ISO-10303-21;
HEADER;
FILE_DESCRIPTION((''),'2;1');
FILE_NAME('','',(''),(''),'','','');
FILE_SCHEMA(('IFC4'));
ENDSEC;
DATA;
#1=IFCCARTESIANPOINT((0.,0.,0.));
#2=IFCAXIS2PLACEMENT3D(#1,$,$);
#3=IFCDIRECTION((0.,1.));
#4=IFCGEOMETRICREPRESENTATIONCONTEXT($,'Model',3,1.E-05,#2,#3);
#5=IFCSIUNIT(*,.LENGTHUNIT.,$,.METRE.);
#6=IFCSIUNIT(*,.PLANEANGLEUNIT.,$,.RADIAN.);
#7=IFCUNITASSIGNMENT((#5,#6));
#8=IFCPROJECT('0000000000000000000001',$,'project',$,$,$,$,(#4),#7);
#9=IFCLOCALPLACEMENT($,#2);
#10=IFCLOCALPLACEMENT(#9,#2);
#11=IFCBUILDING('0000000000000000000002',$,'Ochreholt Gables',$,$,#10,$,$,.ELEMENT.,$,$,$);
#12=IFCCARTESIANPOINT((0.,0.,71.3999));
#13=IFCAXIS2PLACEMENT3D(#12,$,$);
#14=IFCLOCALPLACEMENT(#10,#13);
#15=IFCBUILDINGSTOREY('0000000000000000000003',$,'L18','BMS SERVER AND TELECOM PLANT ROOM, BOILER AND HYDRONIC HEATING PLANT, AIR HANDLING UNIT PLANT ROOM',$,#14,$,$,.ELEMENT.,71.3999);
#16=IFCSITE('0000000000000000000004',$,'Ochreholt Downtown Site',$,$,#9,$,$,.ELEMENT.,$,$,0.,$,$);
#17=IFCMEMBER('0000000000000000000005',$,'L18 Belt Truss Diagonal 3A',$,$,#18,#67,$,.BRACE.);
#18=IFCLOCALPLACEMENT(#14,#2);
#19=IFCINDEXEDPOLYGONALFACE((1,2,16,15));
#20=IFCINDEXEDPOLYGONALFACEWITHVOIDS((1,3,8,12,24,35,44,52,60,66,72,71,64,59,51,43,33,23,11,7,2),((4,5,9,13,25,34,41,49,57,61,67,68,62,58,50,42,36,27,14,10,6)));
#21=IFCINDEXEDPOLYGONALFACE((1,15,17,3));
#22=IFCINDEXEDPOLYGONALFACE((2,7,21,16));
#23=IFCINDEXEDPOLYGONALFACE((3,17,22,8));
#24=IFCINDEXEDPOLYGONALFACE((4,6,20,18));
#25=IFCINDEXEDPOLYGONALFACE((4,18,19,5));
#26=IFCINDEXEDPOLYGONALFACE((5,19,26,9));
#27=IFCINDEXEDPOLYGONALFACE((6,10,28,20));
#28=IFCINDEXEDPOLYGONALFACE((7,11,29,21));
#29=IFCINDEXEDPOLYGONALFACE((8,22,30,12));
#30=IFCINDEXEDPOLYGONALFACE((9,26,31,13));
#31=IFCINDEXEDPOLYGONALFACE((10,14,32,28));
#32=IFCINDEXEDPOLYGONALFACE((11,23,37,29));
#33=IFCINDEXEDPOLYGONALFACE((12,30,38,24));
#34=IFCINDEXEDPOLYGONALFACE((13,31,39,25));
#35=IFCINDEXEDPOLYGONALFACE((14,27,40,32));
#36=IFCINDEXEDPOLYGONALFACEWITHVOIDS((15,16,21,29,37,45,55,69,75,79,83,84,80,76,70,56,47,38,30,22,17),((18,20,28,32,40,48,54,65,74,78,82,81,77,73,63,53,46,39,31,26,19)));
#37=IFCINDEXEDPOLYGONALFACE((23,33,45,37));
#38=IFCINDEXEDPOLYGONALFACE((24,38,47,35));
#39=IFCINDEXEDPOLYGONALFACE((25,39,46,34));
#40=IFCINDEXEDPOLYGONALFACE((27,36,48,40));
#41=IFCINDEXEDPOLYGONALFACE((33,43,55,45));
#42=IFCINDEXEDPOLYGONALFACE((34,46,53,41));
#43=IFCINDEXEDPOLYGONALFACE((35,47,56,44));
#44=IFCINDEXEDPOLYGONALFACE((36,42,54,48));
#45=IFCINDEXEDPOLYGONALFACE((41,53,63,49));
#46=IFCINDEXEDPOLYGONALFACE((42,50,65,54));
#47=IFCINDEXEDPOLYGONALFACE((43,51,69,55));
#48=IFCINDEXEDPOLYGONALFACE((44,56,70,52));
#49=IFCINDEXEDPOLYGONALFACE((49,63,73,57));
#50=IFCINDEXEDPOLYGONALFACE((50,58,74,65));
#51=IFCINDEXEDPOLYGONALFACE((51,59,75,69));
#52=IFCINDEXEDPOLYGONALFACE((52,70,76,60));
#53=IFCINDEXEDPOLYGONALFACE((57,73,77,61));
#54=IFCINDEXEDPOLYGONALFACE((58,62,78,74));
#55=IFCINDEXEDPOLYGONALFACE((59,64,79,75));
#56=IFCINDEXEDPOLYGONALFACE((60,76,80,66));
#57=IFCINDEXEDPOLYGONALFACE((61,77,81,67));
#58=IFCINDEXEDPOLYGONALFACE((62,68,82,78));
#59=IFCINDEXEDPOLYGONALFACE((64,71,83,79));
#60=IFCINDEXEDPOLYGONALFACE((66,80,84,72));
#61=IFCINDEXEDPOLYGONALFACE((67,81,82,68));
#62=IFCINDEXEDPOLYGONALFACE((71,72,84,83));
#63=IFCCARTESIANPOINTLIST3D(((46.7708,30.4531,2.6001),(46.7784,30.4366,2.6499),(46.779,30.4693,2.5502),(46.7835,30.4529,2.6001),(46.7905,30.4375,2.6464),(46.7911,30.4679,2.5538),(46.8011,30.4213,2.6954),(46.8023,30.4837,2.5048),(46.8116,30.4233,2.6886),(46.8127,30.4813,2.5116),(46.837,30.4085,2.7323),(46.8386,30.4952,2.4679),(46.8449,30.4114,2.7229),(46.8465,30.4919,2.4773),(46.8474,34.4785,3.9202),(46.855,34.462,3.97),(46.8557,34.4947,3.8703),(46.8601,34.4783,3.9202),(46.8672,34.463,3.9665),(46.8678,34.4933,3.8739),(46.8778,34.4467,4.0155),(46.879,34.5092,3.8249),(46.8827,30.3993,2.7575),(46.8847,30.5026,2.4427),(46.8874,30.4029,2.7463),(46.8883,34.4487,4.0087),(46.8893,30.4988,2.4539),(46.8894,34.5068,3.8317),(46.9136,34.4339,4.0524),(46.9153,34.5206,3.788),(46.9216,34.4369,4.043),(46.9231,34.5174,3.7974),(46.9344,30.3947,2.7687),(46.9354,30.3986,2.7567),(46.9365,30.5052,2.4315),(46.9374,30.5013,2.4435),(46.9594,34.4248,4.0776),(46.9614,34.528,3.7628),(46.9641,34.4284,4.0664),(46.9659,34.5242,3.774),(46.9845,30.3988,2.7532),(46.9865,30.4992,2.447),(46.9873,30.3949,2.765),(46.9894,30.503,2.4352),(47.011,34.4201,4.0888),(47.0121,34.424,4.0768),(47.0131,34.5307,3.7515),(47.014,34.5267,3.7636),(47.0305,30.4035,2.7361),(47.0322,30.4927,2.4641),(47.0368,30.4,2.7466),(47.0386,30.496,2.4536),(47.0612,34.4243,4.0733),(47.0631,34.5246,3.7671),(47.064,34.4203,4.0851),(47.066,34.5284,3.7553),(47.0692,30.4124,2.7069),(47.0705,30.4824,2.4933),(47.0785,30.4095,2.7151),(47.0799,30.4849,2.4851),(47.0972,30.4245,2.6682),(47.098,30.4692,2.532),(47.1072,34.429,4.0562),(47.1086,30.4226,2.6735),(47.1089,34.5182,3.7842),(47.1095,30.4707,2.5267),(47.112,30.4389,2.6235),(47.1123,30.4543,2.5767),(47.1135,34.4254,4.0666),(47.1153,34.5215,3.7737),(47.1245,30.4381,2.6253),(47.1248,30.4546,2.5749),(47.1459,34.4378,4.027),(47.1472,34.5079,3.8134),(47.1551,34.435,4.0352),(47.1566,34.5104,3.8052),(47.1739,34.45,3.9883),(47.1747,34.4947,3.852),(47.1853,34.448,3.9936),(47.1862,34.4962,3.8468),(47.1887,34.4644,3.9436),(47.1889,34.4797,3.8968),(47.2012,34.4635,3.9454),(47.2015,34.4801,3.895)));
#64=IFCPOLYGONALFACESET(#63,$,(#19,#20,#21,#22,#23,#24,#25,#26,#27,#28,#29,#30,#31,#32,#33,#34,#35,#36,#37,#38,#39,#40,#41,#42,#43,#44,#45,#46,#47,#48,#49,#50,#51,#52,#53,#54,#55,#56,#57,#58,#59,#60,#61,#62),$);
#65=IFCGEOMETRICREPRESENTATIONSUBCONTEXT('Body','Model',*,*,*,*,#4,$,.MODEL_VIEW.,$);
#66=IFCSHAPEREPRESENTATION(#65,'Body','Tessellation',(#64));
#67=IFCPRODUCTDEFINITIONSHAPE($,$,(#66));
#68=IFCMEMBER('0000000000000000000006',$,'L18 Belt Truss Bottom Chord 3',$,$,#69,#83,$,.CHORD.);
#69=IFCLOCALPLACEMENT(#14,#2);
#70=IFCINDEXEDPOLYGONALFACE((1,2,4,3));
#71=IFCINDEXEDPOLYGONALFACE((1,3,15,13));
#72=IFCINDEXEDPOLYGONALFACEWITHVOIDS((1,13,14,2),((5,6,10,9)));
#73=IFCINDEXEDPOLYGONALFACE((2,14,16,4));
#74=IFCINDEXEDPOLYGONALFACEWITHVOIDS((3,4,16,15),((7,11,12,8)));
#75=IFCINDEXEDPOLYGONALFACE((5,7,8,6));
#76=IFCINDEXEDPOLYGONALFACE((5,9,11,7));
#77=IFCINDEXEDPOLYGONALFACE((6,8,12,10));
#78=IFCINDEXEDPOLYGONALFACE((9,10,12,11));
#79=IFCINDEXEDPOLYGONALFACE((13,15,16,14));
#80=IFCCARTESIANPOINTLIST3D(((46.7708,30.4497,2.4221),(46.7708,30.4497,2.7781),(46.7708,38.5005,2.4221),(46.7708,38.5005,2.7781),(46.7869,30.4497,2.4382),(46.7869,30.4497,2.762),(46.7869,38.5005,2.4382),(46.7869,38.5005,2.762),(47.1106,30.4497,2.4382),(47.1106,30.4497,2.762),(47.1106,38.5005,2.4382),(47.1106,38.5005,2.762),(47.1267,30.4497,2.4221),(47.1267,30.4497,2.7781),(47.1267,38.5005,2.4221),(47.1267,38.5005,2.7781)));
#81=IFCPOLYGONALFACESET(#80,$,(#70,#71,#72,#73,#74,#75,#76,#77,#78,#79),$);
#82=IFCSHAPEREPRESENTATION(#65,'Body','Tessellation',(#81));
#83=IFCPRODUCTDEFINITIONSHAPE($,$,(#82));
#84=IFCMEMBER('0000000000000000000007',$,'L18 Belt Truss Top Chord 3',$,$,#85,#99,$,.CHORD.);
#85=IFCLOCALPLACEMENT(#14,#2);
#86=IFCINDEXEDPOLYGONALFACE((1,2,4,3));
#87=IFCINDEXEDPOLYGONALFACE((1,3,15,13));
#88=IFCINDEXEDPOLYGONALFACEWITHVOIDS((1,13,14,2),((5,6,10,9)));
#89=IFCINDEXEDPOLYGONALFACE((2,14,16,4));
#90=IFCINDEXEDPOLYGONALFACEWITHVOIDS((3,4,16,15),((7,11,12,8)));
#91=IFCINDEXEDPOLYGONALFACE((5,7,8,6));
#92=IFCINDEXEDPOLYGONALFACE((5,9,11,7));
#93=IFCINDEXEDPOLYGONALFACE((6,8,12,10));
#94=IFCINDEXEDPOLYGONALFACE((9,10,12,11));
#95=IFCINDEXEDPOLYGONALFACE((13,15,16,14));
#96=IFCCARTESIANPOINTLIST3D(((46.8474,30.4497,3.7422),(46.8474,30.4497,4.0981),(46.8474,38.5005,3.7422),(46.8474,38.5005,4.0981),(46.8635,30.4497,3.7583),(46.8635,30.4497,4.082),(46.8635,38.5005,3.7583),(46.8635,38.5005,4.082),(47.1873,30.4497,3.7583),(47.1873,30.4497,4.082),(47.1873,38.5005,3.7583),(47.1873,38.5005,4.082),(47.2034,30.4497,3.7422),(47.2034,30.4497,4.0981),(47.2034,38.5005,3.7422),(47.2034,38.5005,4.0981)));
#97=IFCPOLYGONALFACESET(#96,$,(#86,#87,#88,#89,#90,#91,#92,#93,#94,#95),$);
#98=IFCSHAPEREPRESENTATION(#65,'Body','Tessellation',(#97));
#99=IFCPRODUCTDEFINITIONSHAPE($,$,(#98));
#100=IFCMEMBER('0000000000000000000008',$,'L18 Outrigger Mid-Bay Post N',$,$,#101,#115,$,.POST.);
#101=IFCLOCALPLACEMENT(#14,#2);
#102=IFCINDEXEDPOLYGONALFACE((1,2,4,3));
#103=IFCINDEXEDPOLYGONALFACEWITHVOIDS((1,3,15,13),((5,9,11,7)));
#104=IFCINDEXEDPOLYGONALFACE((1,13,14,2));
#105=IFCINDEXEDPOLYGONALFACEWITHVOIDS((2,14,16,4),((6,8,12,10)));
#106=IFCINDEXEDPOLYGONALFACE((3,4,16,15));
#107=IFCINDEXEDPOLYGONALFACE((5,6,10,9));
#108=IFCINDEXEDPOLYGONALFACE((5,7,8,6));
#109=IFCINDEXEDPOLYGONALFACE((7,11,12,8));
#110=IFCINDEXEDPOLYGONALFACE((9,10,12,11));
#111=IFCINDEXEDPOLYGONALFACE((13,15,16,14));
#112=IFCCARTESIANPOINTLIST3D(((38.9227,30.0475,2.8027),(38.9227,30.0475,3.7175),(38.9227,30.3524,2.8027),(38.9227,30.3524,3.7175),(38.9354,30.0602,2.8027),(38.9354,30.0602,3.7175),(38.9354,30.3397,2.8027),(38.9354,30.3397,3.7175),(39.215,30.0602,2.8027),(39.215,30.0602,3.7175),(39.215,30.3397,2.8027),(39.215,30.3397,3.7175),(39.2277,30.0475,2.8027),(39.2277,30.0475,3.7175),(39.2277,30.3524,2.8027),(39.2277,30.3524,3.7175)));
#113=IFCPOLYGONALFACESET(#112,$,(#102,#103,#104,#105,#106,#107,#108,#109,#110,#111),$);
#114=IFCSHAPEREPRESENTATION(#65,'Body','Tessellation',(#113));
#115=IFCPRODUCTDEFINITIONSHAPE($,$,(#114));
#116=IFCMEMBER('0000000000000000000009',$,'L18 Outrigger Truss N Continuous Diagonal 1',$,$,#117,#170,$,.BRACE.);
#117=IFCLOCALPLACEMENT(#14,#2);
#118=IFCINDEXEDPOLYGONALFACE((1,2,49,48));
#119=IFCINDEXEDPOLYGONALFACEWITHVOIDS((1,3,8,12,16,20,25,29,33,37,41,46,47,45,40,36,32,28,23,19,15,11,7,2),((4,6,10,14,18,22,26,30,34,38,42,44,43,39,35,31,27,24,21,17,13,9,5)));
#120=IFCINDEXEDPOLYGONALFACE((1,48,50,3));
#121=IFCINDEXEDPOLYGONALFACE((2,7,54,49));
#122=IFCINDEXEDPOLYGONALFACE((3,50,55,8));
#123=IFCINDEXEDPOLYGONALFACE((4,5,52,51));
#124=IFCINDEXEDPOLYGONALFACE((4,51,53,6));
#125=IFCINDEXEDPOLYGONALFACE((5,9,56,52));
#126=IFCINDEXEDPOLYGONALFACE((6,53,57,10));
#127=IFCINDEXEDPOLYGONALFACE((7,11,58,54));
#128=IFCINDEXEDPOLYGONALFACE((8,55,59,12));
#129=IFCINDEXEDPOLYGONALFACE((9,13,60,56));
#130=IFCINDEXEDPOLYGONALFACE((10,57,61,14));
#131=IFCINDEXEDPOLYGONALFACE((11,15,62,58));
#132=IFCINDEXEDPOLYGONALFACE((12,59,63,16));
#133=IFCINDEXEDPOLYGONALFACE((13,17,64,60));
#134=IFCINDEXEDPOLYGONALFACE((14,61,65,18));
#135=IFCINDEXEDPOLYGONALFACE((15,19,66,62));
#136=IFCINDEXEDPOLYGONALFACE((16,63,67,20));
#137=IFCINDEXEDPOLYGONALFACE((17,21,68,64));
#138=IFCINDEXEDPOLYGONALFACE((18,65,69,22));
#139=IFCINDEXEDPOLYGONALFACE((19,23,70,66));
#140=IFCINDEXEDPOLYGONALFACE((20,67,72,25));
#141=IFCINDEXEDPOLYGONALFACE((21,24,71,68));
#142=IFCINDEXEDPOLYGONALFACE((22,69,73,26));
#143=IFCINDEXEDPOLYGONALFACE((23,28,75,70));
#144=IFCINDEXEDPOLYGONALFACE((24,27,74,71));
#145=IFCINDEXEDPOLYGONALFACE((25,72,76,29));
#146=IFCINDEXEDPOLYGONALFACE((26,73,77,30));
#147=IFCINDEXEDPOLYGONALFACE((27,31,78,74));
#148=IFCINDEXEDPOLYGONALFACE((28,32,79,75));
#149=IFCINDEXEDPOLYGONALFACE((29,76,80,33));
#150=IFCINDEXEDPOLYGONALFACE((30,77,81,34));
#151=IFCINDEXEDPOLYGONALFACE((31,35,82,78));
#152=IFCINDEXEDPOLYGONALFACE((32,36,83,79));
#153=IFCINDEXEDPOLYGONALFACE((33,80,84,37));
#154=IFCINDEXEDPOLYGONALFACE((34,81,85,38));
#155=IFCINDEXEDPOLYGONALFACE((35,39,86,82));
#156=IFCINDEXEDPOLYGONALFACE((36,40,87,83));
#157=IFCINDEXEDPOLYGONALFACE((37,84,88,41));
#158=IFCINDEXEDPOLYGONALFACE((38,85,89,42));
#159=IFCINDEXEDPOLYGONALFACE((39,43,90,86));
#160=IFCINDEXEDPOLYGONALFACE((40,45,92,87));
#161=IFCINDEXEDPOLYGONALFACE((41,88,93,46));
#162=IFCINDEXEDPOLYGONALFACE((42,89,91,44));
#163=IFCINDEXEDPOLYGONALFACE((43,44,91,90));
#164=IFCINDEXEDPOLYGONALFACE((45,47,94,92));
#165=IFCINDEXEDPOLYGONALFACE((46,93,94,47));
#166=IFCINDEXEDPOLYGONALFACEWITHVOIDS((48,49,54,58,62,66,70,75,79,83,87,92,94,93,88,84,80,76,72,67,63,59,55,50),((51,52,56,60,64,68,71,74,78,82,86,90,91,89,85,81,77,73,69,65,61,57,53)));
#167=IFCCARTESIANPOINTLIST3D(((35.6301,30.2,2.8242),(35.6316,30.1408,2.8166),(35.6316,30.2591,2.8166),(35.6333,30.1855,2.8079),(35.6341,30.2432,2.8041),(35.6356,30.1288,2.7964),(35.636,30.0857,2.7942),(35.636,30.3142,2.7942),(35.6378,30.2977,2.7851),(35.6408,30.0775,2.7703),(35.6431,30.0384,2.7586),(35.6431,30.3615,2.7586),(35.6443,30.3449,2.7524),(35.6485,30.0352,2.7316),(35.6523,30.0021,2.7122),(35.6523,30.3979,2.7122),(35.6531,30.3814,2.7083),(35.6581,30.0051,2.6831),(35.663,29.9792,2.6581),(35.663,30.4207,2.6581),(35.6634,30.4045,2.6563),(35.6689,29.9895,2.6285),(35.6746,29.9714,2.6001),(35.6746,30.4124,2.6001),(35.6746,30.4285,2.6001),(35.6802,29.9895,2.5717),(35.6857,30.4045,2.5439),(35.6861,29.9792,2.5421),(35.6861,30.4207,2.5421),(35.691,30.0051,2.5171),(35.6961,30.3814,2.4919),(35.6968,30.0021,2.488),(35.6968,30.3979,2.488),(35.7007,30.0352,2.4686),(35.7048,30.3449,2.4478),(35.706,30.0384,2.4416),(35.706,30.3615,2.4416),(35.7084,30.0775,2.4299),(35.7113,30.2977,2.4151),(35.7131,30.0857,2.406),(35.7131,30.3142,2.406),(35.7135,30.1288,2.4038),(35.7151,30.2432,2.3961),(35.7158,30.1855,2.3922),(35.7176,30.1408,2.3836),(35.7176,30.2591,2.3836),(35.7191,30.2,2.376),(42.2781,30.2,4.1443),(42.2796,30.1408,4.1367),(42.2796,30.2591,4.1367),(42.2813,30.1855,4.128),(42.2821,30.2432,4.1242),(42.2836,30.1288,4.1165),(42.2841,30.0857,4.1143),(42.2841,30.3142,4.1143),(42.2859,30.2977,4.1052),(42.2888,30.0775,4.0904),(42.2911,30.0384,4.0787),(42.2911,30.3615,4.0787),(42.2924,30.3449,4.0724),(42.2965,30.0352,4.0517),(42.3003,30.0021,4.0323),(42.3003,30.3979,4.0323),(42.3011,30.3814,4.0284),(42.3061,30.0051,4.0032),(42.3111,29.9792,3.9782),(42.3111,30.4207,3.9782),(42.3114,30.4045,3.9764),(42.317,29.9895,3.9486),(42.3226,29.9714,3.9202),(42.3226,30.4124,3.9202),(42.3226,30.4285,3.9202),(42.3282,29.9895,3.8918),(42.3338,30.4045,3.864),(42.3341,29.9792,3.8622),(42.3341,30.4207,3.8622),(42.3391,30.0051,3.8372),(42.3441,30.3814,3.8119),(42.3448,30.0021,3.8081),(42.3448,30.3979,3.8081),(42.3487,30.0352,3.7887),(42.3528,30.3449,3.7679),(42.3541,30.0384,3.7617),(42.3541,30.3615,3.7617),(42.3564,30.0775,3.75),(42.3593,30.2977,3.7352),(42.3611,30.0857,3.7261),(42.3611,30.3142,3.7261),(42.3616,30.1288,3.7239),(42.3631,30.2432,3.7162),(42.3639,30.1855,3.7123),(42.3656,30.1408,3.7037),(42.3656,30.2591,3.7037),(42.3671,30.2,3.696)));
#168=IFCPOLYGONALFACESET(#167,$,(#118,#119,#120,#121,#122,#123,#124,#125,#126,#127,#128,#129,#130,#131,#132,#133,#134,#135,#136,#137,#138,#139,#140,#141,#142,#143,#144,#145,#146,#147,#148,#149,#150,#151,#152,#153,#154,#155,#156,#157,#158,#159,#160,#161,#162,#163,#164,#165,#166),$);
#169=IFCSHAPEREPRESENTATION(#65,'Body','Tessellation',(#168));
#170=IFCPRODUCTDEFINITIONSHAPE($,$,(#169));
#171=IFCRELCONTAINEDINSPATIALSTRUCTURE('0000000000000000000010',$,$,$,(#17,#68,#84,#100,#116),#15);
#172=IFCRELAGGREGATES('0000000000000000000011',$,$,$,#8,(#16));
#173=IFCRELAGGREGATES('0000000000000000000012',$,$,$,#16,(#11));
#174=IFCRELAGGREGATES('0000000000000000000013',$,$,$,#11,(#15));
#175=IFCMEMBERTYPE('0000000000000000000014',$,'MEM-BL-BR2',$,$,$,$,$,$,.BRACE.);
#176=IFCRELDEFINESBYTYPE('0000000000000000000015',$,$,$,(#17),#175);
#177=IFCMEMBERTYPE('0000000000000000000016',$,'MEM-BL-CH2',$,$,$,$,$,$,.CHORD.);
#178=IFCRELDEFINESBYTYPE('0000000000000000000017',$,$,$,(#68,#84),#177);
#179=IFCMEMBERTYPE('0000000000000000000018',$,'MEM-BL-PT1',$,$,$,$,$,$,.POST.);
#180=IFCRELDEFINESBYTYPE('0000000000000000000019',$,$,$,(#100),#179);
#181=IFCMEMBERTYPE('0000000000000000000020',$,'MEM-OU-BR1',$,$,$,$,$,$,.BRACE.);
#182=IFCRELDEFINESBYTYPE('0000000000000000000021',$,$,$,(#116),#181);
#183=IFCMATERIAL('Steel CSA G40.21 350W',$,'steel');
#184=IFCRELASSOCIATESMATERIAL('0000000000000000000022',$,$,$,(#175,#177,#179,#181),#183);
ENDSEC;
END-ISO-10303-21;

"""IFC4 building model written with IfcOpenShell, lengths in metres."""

from ifc_helpers import new_model, si_unit, direction, frame, origin, origin_2d, place, context, subcontext, project, spatial, hollow_rectangle, hollow_circle, extrude, material, material_profile, profile_set, type_object, element, save


model = new_model("IFC4")

# Units and contexts
model_context = context("Model", 3, precision=1e-05, world=origin(), true_north=direction((0.0, 1.0)))
body_context = subcontext(model_context, "Body", "Model", "MODEL_VIEW")
ifc_project = project(units=[si_unit("LENGTHUNIT", "METRE"), si_unit("PLANEANGLEUNIT", "RADIAN")], contexts=[model_context])

# Site, building, storey
site_placement = place(None, origin())
site = spatial("IfcSite", under=ifc_project, at=site_placement, Name="Ochreholt Downtown Site", CompositionType="ELEMENT", RefElevation=0.0)
building_placement = place(site_placement, origin())
building = spatial("IfcBuilding", under=site, at=building_placement, Name="Ochreholt Gables", CompositionType="ELEMENT")
storey_placement = place(building_placement, frame((0.0, 0.0, 71.3999)))
storey = spatial("IfcBuildingStorey", under=building, at=storey_placement, Name="L18", Description="BMS SERVER AND TELECOM PLANT ROOM, BOILER AND HYDRONIC HEATING PLANT, AIR HANDLING UNIT PLANT ROOM", CompositionType="ELEMENT", Elevation=71.3999)

# Shared definitions
ifc_material_1 = material(Name="Steel CSA G40.21 350W", Category="steel")

# Members
ifc_material_profile_1 = material_profile(ifc_material_1, hollow_circle(Radius=0.178, WallThickness=0.0127, at=origin_2d()), Name="CHS356X13")
ifc_profile_set_1 = profile_set([ifc_material_profile_1], Name="Steel CSA G40.21 350W")
member_type_1 = type_object("IfcMemberType", Name="MEM-BL-BR2", PredefinedType="BRACE", material=ifc_profile_set_1)
member_1_placement = place(storey_placement, frame((46.9487, 30.4497, 2.6001), z_axis=(0.018093, 0.950055, 0.311557), x_axis=(-0.999819, 0.019041, 0.0)))
element("IfcMember", 1, at=member_1_placement, inside=storey, type_object=member_type_1, Name="L18 Belt Truss Diagonal 3A", PredefinedType="BRACE", context=body_context, shape_type="SweptSolid", body=[
    extrude(hollow_circle(Radius=0.178, WallThickness=0.0127, at=origin_2d()), origin(), (0.0, 0.0, 1.0), 4.2371),
])
ifc_material_profile_2 = material_profile(ifc_material_1, hollow_rectangle(XDim=0.356, YDim=0.356, WallThickness=0.0161, at=origin_2d()), Name="HSS356X356X16")
ifc_profile_set_2 = profile_set([ifc_material_profile_2], Name="Steel CSA G40.21 350W")
member_type_2 = type_object("IfcMemberType", Name="MEM-BL-CH2", PredefinedType="CHORD", material=ifc_profile_set_2)
for number, where, z_axis, x_axis, name in (
    (2, (46.9487, 30.4497, 2.6001), (0.0, 1.0, 0.0), (-1.0, 0.0, 0.0), "L18 Belt Truss Bottom Chord 3"),
    (3, (47.0254, 30.4497, 3.9202), (0.0, 1.0, 0.0), (-1.0, 0.0, 0.0), "L18 Belt Truss Top Chord 3"),
):
    element("IfcMember", number, at=place(storey_placement, frame(where, z_axis=z_axis, x_axis=x_axis)), inside=storey, type_object=member_type_2, Name=name, PredefinedType="CHORD", context=body_context, shape_type="SweptSolid", body=[
        extrude(hollow_rectangle(XDim=0.356, YDim=0.356, WallThickness=0.0161, at=origin_2d()), origin(), (0.0, 0.0, 1.0), 8.0508),
    ])
ifc_material_profile_3 = material_profile(ifc_material_1, hollow_rectangle(XDim=0.3049, YDim=0.3049, WallThickness=0.0127, at=origin_2d()), Name="HSS305X305X13")
ifc_profile_set_3 = profile_set([ifc_material_profile_3], Name="Steel CSA G40.21 350W")
member_type_3 = type_object("IfcMemberType", Name="MEM-BL-PT1", PredefinedType="POST", material=ifc_profile_set_3)
member_2_placement = place(storey_placement, frame((39.0752, 30.2, 2.8027), z_axis=(0.0, 0.0, 1.0), x_axis=(1.0, 0.0, 0.0)))
element("IfcMember", 4, at=member_2_placement, inside=storey, type_object=member_type_3, Name="L18 Outrigger Mid-Bay Post N", PredefinedType="POST", context=body_context, shape_type="SweptSolid", body=[
    extrude(hollow_rectangle(XDim=0.3049, YDim=0.3049, WallThickness=0.0127, at=origin_2d()), origin(), (0.0, 0.0, 1.0), 0.9148),
])
ifc_material_profile_4 = material_profile(ifc_material_1, hollow_circle(Radius=0.2285, WallThickness=0.0161, at=origin_2d()), Name="CHS457X16")
ifc_profile_set_4 = profile_set([ifc_material_profile_4], Name="Steel CSA G40.21 350W")
member_type_4 = type_object("IfcMemberType", Name="MEM-OU-BR1", PredefinedType="BRACE", material=ifc_profile_set_4)
member_3_placement = place(storey_placement, frame((35.6746, 30.2, 2.6001), z_axis=(0.98085, 0.0, 0.194765), x_axis=(0.0, 1.0, 0.0)))
element("IfcMember", 5, at=member_3_placement, inside=storey, type_object=member_type_4, Name="L18 Outrigger Truss N Continuous Diagonal 1", PredefinedType="BRACE", context=body_context, shape_type="SweptSolid", body=[
    extrude(hollow_circle(Radius=0.2285, WallThickness=0.0161, at=origin_2d()), origin(), (0.0, 0.0, 1.0), 6.7778),
])

save(model, "model.ifc")
